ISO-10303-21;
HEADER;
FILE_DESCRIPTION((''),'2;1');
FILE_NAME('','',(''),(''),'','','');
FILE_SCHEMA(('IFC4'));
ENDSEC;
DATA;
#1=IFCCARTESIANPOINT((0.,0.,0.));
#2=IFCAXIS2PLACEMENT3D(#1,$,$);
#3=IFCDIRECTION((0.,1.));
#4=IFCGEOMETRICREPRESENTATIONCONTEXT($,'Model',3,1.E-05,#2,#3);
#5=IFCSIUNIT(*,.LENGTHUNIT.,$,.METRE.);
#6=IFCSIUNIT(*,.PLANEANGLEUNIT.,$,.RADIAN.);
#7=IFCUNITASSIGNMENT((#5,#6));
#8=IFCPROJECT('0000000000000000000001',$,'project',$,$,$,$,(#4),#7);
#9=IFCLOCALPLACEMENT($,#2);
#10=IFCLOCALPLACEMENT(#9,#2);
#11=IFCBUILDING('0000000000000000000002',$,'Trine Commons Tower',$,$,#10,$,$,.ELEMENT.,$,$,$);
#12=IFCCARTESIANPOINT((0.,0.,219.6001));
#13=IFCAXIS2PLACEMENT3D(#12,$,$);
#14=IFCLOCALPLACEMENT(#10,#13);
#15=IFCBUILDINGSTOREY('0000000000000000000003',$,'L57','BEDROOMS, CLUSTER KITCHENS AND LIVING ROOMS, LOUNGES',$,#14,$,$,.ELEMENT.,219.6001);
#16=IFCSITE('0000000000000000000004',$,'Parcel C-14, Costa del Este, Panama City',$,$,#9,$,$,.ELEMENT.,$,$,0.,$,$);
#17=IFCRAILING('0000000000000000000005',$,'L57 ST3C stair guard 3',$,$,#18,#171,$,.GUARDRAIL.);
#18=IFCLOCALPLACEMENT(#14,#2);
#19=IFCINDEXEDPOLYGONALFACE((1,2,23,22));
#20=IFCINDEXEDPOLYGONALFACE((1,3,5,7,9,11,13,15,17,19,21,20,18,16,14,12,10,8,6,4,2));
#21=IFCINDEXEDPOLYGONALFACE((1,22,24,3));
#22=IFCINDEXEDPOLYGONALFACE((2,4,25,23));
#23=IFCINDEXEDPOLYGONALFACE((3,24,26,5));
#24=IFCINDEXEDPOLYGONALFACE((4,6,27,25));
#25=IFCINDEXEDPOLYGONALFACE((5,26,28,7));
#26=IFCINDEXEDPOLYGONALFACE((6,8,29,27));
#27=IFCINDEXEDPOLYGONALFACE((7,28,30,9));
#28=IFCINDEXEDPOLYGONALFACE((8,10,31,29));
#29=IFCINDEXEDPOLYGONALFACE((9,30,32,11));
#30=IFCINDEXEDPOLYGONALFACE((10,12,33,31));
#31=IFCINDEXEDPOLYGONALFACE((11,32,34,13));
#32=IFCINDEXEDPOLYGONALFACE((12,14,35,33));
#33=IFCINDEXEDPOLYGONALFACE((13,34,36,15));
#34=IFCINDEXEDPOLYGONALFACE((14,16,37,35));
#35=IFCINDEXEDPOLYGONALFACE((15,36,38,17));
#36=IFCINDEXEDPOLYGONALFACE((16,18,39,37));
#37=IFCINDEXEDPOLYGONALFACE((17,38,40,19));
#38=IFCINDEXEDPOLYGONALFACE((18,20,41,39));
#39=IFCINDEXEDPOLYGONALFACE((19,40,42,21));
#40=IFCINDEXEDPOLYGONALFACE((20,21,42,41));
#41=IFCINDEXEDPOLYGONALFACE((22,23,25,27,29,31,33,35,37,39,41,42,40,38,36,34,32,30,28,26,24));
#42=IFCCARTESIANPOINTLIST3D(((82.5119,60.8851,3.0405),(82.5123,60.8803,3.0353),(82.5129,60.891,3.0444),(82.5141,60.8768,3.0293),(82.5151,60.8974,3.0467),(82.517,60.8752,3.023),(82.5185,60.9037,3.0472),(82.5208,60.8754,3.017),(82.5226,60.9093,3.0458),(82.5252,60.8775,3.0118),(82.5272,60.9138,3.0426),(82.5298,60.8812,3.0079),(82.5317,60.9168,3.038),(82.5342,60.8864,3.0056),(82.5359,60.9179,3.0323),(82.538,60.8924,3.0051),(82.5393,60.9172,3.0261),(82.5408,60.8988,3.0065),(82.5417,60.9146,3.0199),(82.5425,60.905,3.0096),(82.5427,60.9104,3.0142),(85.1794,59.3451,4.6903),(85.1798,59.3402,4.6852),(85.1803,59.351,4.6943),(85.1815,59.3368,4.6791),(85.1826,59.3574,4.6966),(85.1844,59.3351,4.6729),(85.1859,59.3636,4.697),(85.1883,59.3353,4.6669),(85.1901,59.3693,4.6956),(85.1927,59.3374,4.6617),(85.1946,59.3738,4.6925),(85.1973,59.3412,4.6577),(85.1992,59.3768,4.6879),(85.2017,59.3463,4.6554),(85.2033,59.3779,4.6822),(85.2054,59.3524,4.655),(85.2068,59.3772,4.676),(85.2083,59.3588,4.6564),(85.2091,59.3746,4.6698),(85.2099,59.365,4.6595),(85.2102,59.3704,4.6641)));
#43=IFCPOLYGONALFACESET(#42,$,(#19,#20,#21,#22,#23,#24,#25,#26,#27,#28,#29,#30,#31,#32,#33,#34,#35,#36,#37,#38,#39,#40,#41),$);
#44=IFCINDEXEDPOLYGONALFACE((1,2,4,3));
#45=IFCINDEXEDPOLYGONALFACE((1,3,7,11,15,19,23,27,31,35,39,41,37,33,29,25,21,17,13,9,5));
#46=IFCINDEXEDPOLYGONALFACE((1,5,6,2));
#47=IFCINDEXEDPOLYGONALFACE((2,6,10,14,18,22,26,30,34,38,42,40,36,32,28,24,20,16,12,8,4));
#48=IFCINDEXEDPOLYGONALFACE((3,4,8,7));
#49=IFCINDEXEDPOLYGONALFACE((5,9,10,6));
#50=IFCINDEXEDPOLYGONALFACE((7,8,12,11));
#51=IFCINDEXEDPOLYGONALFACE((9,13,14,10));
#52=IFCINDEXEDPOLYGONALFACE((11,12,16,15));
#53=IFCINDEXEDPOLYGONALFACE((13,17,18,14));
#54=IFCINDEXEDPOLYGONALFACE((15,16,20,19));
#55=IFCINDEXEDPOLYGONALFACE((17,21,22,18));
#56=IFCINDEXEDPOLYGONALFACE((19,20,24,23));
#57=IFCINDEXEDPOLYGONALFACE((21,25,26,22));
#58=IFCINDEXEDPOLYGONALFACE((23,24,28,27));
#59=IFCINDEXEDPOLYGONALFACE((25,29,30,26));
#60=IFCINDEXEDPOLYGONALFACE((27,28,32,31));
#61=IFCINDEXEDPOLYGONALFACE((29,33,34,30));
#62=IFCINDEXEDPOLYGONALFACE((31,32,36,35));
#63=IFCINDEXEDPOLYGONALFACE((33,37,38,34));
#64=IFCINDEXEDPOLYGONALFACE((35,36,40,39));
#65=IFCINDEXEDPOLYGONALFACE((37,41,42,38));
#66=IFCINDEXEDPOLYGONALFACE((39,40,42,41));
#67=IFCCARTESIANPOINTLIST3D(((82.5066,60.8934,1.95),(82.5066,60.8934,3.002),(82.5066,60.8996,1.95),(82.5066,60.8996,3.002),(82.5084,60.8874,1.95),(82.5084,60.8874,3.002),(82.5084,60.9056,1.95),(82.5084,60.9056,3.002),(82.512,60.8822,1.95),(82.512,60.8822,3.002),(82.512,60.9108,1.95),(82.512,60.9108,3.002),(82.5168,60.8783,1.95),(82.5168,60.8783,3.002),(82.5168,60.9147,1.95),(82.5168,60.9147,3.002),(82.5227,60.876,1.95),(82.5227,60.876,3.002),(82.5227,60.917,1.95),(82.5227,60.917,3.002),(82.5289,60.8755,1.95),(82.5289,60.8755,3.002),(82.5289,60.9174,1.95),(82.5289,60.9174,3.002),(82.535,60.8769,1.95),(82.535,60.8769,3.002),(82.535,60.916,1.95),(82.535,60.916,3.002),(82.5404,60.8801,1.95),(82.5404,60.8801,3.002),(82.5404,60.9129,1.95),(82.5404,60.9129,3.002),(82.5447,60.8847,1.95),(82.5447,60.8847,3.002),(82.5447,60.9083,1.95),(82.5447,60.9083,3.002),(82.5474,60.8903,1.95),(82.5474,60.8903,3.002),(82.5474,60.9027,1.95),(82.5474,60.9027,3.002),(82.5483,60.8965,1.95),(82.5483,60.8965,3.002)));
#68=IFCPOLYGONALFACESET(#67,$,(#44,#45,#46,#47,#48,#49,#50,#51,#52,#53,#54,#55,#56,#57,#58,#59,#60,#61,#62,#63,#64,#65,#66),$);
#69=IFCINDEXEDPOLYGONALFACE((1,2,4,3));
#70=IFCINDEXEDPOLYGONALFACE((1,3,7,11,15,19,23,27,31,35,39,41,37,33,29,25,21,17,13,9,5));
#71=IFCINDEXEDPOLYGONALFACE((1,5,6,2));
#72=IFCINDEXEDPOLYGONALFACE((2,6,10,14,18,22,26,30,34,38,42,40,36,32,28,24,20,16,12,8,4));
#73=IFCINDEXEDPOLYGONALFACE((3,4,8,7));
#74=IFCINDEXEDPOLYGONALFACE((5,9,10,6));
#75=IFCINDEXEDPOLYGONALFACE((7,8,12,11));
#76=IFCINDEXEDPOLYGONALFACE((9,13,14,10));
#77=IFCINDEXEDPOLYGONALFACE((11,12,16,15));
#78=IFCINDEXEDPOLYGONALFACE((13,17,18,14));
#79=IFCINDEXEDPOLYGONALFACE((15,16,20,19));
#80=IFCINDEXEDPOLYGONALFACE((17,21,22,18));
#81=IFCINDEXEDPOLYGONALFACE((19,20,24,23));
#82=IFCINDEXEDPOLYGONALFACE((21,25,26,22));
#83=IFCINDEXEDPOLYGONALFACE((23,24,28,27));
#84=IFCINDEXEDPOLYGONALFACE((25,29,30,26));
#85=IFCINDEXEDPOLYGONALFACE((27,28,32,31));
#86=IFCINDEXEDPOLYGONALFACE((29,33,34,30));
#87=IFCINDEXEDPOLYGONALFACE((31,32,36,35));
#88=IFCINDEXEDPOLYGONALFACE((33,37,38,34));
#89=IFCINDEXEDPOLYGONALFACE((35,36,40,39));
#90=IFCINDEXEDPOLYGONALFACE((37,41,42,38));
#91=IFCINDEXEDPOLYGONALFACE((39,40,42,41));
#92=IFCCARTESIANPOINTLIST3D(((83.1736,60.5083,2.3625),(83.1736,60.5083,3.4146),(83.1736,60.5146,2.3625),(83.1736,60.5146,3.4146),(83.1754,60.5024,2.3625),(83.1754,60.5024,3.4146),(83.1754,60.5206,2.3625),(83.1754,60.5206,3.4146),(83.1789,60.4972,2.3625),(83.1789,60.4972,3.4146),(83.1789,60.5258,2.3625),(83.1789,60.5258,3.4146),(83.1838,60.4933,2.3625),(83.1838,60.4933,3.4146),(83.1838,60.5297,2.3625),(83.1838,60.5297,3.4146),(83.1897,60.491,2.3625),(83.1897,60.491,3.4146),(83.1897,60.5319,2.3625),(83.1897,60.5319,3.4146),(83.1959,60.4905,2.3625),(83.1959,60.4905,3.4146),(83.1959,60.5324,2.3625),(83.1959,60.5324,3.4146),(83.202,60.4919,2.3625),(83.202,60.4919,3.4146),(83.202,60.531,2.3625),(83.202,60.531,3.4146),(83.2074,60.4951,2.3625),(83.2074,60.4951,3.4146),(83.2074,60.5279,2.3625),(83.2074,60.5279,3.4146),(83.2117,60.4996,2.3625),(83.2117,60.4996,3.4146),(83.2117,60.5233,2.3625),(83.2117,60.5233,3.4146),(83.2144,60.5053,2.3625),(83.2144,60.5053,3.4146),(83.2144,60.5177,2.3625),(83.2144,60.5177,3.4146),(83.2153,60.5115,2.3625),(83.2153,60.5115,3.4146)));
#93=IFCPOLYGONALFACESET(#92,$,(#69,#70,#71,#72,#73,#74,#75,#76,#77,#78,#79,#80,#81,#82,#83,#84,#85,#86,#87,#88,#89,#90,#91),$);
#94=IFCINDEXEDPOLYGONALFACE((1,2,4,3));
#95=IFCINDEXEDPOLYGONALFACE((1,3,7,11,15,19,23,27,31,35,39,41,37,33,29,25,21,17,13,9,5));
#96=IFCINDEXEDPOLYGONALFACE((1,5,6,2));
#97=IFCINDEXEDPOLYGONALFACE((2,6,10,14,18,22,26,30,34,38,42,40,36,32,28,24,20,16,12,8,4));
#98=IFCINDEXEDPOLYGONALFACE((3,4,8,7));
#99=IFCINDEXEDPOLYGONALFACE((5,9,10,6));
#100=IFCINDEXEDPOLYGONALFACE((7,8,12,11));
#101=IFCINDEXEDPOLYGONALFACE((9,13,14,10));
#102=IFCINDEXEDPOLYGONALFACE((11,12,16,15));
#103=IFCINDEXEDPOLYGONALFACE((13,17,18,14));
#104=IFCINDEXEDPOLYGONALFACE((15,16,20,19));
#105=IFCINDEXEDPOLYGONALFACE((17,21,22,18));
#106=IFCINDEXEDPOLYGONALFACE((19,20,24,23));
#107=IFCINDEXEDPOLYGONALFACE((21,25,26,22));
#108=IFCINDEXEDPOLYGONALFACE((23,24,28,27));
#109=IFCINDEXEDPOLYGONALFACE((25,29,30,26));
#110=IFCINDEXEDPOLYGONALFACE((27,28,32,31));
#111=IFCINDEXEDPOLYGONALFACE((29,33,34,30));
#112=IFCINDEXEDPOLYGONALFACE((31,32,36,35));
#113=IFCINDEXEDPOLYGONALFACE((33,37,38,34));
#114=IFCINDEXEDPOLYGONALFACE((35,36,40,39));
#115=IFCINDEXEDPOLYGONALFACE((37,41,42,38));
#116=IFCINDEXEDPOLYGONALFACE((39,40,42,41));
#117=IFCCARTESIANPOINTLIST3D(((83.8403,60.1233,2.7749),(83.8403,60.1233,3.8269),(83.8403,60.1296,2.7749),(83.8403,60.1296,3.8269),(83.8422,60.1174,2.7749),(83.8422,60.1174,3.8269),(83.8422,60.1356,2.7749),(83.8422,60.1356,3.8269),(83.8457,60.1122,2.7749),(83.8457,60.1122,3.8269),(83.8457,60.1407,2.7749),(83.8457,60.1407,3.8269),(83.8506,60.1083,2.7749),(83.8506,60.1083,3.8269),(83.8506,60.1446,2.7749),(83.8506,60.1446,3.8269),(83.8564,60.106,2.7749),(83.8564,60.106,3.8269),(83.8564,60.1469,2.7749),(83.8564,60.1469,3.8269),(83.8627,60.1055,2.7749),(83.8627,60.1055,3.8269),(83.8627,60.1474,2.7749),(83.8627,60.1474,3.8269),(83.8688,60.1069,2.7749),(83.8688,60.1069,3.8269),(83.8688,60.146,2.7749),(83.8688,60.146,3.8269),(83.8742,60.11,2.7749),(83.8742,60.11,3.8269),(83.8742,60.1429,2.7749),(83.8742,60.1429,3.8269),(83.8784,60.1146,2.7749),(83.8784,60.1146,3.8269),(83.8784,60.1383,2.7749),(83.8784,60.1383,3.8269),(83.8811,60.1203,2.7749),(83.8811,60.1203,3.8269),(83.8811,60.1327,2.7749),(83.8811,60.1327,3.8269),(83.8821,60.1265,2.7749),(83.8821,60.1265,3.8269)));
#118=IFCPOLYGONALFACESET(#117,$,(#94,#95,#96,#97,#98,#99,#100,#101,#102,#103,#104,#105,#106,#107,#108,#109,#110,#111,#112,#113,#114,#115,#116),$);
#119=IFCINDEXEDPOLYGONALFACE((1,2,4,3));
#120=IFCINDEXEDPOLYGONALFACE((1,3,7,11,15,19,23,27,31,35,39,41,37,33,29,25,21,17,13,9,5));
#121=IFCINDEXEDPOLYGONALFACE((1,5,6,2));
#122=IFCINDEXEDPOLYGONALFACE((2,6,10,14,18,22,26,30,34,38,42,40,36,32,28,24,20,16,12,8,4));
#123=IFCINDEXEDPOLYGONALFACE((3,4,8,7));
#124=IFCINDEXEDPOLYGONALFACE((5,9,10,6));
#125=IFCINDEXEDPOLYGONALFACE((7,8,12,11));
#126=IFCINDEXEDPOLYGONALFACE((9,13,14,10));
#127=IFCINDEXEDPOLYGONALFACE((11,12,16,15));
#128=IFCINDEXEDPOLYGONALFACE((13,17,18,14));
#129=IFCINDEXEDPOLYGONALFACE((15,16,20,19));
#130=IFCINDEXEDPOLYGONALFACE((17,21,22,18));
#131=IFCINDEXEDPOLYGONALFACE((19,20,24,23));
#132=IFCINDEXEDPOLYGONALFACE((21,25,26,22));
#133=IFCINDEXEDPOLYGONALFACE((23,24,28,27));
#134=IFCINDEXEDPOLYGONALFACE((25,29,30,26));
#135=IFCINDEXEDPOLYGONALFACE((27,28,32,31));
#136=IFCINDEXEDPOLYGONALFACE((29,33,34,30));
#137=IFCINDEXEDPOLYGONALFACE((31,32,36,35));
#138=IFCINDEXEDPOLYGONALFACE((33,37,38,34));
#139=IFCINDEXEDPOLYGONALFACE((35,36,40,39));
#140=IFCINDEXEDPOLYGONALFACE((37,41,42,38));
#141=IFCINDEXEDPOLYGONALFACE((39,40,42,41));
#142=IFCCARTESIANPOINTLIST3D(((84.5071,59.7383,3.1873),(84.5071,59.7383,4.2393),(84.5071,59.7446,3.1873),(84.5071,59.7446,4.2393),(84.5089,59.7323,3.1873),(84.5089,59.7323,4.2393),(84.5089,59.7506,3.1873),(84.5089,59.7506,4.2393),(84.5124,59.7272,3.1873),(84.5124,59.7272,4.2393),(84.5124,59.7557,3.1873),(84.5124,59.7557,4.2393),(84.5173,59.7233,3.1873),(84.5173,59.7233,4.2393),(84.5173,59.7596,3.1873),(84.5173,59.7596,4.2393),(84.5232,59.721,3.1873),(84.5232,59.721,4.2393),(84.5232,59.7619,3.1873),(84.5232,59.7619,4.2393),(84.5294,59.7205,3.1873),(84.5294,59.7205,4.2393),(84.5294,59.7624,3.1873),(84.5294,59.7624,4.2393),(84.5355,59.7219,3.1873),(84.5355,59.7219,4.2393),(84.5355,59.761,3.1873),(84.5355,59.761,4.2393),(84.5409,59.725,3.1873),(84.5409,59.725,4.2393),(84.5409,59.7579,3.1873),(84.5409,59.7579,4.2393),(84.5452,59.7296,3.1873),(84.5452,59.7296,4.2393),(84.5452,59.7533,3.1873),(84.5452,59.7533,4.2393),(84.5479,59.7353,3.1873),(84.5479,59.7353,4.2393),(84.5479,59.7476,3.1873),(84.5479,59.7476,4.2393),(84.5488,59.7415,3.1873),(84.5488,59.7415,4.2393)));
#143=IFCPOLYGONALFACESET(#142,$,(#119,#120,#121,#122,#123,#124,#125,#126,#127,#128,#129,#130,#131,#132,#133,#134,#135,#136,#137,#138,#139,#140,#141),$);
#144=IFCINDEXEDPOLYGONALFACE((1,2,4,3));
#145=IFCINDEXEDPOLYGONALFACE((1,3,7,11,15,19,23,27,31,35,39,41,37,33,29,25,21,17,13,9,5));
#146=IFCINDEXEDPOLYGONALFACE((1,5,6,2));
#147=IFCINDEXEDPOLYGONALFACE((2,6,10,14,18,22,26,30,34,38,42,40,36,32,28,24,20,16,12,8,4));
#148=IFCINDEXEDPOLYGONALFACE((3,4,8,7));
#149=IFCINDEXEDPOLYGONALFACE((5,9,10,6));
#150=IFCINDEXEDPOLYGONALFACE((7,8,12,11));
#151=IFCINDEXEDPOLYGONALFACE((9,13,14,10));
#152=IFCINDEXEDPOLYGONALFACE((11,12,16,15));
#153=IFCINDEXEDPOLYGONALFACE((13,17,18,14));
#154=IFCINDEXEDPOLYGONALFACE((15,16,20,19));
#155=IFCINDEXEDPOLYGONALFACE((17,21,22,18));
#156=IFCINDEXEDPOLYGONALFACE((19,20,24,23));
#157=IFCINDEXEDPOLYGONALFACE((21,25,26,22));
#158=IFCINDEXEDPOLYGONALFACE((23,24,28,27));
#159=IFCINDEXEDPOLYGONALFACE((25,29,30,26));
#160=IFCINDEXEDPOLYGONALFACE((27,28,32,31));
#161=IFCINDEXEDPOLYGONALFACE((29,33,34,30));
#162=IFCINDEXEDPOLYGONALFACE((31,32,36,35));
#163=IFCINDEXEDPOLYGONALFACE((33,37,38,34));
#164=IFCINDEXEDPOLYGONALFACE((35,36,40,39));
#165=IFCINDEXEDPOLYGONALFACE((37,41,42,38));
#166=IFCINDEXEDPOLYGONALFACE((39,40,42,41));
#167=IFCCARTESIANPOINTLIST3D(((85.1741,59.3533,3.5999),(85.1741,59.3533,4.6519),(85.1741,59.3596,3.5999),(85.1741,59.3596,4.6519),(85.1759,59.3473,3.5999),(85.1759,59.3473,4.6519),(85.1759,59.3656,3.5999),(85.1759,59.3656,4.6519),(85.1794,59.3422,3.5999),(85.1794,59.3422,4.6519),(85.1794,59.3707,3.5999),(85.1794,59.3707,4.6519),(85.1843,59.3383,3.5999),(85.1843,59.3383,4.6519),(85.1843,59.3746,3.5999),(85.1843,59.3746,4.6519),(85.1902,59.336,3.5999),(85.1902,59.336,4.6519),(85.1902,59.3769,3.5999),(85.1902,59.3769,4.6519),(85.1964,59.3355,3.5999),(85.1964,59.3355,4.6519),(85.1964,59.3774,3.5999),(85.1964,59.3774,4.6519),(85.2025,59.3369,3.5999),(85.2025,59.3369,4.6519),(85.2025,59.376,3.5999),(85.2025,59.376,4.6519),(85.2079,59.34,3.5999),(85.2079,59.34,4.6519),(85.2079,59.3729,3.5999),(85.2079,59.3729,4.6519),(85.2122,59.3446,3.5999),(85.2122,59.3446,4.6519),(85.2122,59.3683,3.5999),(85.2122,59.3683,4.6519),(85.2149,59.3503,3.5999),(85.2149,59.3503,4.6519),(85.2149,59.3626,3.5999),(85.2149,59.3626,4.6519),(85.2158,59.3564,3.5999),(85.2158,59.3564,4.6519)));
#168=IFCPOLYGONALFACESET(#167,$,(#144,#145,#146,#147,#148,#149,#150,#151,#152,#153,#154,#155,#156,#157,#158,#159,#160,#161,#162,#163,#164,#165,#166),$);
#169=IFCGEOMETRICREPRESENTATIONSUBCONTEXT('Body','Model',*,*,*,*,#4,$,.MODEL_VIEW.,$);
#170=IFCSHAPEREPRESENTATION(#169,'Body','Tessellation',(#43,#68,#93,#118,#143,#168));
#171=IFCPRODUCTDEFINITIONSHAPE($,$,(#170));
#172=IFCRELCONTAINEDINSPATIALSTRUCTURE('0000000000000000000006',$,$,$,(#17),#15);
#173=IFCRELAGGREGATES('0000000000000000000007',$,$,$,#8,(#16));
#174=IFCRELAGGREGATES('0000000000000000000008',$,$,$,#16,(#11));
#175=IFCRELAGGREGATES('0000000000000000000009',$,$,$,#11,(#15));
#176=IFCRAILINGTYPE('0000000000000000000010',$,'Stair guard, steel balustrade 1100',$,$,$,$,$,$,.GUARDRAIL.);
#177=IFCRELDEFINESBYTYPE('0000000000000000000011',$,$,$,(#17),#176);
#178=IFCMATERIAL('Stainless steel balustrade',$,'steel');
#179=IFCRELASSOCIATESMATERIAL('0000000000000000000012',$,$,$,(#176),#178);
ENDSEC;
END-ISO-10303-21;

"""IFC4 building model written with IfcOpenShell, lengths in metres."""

from ifc_helpers import new_model, si_unit, direction, frame, origin, origin_2d, place, context, subcontext, project, spatial, circle, extrude, material, type_object, element, save


model = new_model("IFC4")

# Units and contexts
model_context = context("Model", 3, precision=1e-05, world=origin(), true_north=direction((0.0, 1.0)))
body_context = subcontext(model_context, "Body", "Model", "MODEL_VIEW")
ifc_project = project(units=[si_unit("LENGTHUNIT", "METRE"), si_unit("PLANEANGLEUNIT", "RADIAN")], contexts=[model_context])

# Site, building, storey
site_placement = place(None, origin())
site = spatial("IfcSite", under=ifc_project, at=site_placement, Name="Parcel C-14, Costa del Este, Panama City", CompositionType="ELEMENT", RefElevation=0.0)
building_placement = place(site_placement, origin())
building = spatial("IfcBuilding", under=site, at=building_placement, Name="Trine Commons Tower", CompositionType="ELEMENT")
storey_placement = place(building_placement, frame((0.0, 0.0, 219.6001)))
storey = spatial("IfcBuildingStorey", under=building, at=storey_placement, Name="L57", Description="BEDROOMS, CLUSTER KITCHENS AND LIVING ROOMS, LOUNGES", CompositionType="ELEMENT", Elevation=219.6001)

# Railing
ifc_material_1 = material(Name="Stainless steel balustrade", Category="steel")
railing_type_1 = type_object("IfcRailingType", Name="Stair guard, steel balustrade 1100", PredefinedType="GUARDRAIL", material=ifc_material_1)
railing_1_placement = place(storey_placement, frame((82.5273, 60.8965, 1.95)))
element("IfcRailing", 1, at=railing_1_placement, inside=storey, type_object=railing_type_1, Name="L57 ST3C stair guard 3", PredefinedType="GUARDRAIL", context=body_context, shape_type="SweptSolid", body=[
    extrude(circle(Radius=0.0239, at=origin_2d()), frame((0.0, 0.0, 1.0762), z_axis=(0.763405, -0.440743, 0.472185), x_axis=(0.499992, 0.86603, 0.0)), (0.0, 0.0, 1.0), 3.4941),
    extrude(circle(Radius=0.021, at=origin_2d()), origin(), (0.0, 0.0, 1.0), 1.052),
    extrude(circle(Radius=0.021, at=origin_2d()), frame((0.667, -0.385, 0.4126)), (0.0, 0.0, 1.0), 1.052),
    extrude(circle(Radius=0.021, at=origin_2d()), frame((1.3337, -0.77, 0.825)), (0.0, 0.0, 1.0), 1.052),
    extrude(circle(Radius=0.021, at=origin_2d()), frame((2.0005, -1.155, 1.2373)), (0.0, 0.0, 1.0), 1.052),
    extrude(circle(Radius=0.021, at=origin_2d()), frame((2.6675, -1.54, 1.6499)), (0.0, 0.0, 1.0), 1.052),
])

save(model, "model.ifc")
